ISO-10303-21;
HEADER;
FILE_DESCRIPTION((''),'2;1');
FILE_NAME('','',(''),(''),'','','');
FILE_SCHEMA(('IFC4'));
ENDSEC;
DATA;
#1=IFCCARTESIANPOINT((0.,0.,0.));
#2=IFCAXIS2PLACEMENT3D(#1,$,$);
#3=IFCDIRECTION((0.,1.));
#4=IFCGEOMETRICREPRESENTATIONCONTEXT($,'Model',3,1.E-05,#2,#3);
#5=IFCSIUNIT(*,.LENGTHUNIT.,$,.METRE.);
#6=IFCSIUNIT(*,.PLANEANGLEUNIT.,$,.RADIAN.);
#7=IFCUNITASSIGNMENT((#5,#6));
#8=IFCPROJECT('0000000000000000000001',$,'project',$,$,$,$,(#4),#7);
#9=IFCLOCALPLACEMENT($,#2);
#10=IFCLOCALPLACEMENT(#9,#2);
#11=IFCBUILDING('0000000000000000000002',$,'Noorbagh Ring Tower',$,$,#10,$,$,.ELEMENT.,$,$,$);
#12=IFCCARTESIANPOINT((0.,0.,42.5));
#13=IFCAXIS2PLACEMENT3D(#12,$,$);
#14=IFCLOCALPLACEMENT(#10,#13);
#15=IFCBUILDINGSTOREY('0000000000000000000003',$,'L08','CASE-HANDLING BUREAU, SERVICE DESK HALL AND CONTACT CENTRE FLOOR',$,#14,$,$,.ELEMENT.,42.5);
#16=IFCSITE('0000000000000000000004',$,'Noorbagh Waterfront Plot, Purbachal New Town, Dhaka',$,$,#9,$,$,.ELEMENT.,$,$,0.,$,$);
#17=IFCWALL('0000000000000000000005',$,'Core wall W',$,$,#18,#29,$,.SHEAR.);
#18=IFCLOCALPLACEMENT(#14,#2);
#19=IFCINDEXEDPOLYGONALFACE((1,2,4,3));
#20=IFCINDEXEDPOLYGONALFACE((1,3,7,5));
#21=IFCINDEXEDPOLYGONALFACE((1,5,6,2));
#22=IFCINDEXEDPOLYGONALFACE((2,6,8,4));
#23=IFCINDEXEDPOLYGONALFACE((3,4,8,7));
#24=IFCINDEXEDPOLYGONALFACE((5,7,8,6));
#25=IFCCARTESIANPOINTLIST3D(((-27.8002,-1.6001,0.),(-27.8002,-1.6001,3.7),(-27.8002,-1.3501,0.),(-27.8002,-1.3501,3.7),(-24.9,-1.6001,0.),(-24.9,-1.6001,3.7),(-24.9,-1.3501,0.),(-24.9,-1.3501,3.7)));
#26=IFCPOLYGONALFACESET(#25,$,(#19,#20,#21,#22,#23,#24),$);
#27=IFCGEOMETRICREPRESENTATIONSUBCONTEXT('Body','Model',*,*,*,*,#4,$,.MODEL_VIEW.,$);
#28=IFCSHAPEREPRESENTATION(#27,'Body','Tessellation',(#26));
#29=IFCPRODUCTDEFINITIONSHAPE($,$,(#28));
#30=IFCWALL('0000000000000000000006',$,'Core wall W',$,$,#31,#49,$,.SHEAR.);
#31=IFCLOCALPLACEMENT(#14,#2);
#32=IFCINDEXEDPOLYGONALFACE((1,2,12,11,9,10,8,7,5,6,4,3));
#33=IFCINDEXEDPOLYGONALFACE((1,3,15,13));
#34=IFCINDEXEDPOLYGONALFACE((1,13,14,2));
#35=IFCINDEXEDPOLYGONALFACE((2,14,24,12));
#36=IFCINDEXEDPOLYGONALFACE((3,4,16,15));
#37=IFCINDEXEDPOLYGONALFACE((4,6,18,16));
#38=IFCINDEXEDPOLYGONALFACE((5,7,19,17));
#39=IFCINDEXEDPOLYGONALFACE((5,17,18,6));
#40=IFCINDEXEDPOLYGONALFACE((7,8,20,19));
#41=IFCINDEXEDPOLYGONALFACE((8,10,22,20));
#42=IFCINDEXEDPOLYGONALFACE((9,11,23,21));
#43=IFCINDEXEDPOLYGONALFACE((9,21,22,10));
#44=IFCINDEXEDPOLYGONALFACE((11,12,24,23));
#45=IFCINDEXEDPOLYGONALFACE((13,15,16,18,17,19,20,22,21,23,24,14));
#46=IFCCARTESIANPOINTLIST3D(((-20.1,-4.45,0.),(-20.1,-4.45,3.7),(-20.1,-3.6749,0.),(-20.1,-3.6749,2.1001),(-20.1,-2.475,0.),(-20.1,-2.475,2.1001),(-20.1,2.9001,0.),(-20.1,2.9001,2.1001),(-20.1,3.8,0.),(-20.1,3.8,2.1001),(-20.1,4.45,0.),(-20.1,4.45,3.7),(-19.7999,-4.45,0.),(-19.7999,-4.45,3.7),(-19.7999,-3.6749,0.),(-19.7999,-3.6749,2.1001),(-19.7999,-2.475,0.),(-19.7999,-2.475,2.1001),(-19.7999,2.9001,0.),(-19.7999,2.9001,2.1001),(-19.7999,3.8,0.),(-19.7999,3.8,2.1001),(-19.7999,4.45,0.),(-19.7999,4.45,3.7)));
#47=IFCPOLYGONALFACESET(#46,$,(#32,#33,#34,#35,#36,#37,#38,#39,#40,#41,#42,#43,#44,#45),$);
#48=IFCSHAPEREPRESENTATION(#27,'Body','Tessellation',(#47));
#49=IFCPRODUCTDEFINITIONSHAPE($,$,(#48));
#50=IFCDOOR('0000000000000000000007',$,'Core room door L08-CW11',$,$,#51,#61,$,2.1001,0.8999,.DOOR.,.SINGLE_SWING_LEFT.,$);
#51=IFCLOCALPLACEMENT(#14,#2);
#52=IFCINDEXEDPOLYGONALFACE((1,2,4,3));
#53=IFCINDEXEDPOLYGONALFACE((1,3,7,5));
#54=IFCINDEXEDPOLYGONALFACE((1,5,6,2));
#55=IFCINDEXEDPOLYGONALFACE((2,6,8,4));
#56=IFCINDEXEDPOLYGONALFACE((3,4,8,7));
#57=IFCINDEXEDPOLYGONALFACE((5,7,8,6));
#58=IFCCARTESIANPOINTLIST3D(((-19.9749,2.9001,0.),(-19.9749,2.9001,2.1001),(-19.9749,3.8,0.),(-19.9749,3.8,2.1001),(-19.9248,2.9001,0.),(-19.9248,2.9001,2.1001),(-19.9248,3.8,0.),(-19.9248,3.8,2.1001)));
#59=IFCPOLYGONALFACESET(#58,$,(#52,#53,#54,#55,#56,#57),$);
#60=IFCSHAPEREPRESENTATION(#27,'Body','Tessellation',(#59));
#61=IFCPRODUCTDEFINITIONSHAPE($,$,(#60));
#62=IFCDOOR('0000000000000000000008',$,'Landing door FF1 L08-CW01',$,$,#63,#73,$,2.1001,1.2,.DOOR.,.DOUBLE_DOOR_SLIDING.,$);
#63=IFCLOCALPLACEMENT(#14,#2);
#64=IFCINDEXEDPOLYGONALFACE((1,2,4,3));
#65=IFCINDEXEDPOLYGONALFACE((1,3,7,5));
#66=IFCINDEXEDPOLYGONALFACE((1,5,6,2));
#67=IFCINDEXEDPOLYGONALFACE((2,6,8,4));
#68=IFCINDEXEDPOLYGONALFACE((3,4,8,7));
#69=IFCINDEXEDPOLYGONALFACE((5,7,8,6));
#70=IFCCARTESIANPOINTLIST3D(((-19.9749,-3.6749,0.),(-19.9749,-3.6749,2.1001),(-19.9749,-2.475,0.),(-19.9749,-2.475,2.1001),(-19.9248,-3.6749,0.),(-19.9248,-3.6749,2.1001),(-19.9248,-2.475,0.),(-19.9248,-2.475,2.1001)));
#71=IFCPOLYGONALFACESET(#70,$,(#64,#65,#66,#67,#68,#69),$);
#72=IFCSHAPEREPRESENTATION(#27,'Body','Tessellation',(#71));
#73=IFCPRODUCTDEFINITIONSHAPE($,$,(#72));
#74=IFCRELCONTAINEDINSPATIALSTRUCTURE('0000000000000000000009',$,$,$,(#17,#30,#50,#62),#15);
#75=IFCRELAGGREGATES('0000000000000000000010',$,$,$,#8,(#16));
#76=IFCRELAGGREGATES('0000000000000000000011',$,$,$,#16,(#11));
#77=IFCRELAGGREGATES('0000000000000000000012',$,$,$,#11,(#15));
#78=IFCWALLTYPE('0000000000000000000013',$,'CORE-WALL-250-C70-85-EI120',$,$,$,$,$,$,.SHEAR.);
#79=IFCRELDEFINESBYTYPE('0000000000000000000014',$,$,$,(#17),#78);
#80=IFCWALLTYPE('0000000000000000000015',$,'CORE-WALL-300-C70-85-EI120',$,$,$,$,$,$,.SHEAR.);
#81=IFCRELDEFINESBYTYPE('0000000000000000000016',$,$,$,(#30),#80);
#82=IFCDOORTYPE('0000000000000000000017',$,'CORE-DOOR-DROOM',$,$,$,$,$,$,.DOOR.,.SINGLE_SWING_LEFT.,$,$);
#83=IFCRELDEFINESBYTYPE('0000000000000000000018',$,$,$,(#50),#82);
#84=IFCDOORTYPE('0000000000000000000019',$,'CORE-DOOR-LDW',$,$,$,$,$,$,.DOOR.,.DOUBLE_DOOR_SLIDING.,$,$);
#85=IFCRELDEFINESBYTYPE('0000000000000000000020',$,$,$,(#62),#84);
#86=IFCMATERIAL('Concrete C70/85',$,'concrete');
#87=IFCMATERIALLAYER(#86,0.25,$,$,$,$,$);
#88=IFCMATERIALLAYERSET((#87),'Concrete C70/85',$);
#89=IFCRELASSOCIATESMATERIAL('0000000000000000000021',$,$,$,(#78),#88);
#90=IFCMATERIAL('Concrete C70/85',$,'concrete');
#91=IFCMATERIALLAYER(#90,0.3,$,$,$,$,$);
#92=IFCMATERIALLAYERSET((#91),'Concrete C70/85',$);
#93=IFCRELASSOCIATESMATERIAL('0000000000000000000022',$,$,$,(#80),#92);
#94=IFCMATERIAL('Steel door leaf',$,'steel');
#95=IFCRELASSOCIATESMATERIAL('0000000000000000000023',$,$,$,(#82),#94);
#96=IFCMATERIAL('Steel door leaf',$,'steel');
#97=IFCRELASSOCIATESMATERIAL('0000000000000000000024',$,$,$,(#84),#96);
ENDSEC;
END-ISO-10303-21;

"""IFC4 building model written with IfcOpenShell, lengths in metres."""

from ifc_helpers import new_model, si_unit, direction, frame, frame_2d, origin, place, context, subcontext, project, spatial, rectangle, extrude, material, layer, layer_set, type_object, element, fill, save


model = new_model("IFC4")

# Units and contexts
model_context = context("Model", 3, precision=1e-05, world=origin(), true_north=direction((0.0, 1.0)))
body_context = subcontext(model_context, "Body", "Model", "MODEL_VIEW")
ifc_project = project(units=[si_unit("LENGTHUNIT", "METRE"), si_unit("PLANEANGLEUNIT", "RADIAN")], contexts=[model_context])

# Site, building, storey
site_placement = place(None, origin())
site = spatial("IfcSite", under=ifc_project, at=site_placement, Name="Noorbagh Waterfront Plot, Purbachal New Town, Dhaka", CompositionType="ELEMENT", RefElevation=0.0)
building_placement = place(site_placement, origin())
building = spatial("IfcBuilding", under=site, at=building_placement, Name="Noorbagh Ring Tower", CompositionType="ELEMENT")
storey_placement = place(building_placement, frame((0.0, 0.0, 42.5)))
storey = spatial("IfcBuildingStorey", under=building, at=storey_placement, Name="L08", Description="CASE-HANDLING BUREAU, SERVICE DESK HALL AND CONTACT CENTRE FLOOR", CompositionType="ELEMENT", Elevation=42.5)

# Wall
ifc_material_1 = material(Name="Concrete C70/85", Category="concrete")
ifc_layer_1 = layer(ifc_material_1, 0.25)
ifc_layer_set_1 = layer_set([ifc_layer_1], Name="Concrete C70/85")
wall_type_1 = type_object("IfcWallType", Name="CORE-WALL-250-C70-85-EI120", PredefinedType="SHEAR", material=ifc_layer_set_1)
wall_1_placement = place(storey_placement, frame((-24.8999, -1.4751, 0.0), z_axis=(0.0, 0.0, 1.0), x_axis=(-1.0, 0.0, 0.0)))
element("IfcWall", 1, at=wall_1_placement, inside=storey, type_object=wall_type_1, Name="Core wall W", PredefinedType="SHEAR", context=body_context, shape_type="SweptSolid", body=[
    extrude(rectangle(XDim=2.9001, YDim=0.25, at=frame_2d((1.4502, 0.0))), origin(), (0.0, 0.0, 1.0), 3.7),
])

# Wall, openings, doors
ifc_material_2 = material(Name="Concrete C70/85", Category="concrete")
ifc_layer_2 = layer(ifc_material_2, 0.3)
ifc_layer_set_2 = layer_set([ifc_layer_2], Name="Concrete C70/85")
wall_type_2 = type_object("IfcWallType", Name="CORE-WALL-300-C70-85-EI120", PredefinedType="SHEAR", material=ifc_layer_set_2)
wall_2_placement = place(storey_placement, frame((-19.95, -4.45, 0.0), z_axis=(0.0, 0.0, 1.0), x_axis=(0.0, 1.0, 0.0)))
wall_2 = element("IfcWall", 2, at=wall_2_placement, inside=storey, type_object=wall_type_2, Name="Core wall W", PredefinedType="SHEAR", context=body_context, shape_type="SweptSolid", body=[
    extrude(rectangle(XDim=8.8999, YDim=0.3, at=frame_2d((4.45, 0.0))), origin(), (0.0, 0.0, 1.0), 3.7),
])
opening_1_placement = place(wall_2_placement, frame((0.7749, 0.0, 0.0)))
opening_1 = element("IfcOpeningElement", 3, at=opening_1_placement, cuts=wall_2, PredefinedType="OPENING", context=body_context, shape_type="SweptSolid", body=[
    extrude(rectangle(XDim=1.2, YDim=2.1001, at=frame_2d((0.6001, 1.05))), frame((0.0, 0.1602, 0.0), z_axis=(0.0, -1.0, 0.0), x_axis=(1.0, 0.0, 0.0)), (0.0, 0.0, 1.0), 0.3201),
])
opening_2_placement = place(wall_2_placement, frame((7.3501, 0.0, 0.0)))
opening_2 = element("IfcOpeningElement", 4, at=opening_2_placement, cuts=wall_2, PredefinedType="OPENING", context=body_context, shape_type="SweptSolid", body=[
    extrude(rectangle(XDim=0.8999, YDim=2.1001, at=frame_2d((0.45, 1.05))), frame((0.0, 0.1602, 0.0), z_axis=(0.0, -1.0, 0.0), x_axis=(1.0, 0.0, 0.0)), (0.0, 0.0, 1.0), 0.3201),
])
ifc_material_3 = material(Name="Steel door leaf", Category="steel")
door_type_1 = type_object("IfcDoorType", Name="CORE-DOOR-DROOM", OperationType="SINGLE_SWING_LEFT", PredefinedType="DOOR", material=ifc_material_3)
door_1_placement = place(opening_2_placement, origin())
door_1 = element("IfcDoor", 5, at=door_1_placement, inside=storey, type_object=door_type_1, Name="Core room door L08-CW11", OperationType="SINGLE_SWING_LEFT", OverallHeight=2.1001, OverallWidth=0.8999, PredefinedType="DOOR", context=body_context, shape_type="SweptSolid", body=[
    extrude(rectangle(XDim=0.8999, YDim=2.1001, at=frame_2d((0.45, 1.05))), frame((0.0, 0.0249, 0.0), z_axis=(0.0, -1.0, 0.0), x_axis=(1.0, 0.0, 0.0)), (0.0, 0.0, 1.0), 0.05),
])
fill(opening_2, door_1)
ifc_material_4 = material(Name="Steel door leaf", Category="steel")
door_type_2 = type_object("IfcDoorType", Name="CORE-DOOR-LDW", OperationType="DOUBLE_DOOR_SLIDING", PredefinedType="DOOR", material=ifc_material_4)
door_2_placement = place(opening_1_placement, origin())
door_2 = element("IfcDoor", 6, at=door_2_placement, inside=storey, type_object=door_type_2, Name="Landing door FF1 L08-CW01", OperationType="DOUBLE_DOOR_SLIDING", OverallHeight=2.1001, OverallWidth=1.2, PredefinedType="DOOR", context=body_context, shape_type="SweptSolid", body=[
    extrude(rectangle(XDim=1.2, YDim=2.1001, at=frame_2d((0.6001, 1.05))), frame((0.0, 0.0249, 0.0), z_axis=(0.0, -1.0, 0.0), x_axis=(1.0, 0.0, 0.0)), (0.0, 0.0, 1.0), 0.05),
])
fill(opening_1, door_2)

save(model, "model.ifc")
